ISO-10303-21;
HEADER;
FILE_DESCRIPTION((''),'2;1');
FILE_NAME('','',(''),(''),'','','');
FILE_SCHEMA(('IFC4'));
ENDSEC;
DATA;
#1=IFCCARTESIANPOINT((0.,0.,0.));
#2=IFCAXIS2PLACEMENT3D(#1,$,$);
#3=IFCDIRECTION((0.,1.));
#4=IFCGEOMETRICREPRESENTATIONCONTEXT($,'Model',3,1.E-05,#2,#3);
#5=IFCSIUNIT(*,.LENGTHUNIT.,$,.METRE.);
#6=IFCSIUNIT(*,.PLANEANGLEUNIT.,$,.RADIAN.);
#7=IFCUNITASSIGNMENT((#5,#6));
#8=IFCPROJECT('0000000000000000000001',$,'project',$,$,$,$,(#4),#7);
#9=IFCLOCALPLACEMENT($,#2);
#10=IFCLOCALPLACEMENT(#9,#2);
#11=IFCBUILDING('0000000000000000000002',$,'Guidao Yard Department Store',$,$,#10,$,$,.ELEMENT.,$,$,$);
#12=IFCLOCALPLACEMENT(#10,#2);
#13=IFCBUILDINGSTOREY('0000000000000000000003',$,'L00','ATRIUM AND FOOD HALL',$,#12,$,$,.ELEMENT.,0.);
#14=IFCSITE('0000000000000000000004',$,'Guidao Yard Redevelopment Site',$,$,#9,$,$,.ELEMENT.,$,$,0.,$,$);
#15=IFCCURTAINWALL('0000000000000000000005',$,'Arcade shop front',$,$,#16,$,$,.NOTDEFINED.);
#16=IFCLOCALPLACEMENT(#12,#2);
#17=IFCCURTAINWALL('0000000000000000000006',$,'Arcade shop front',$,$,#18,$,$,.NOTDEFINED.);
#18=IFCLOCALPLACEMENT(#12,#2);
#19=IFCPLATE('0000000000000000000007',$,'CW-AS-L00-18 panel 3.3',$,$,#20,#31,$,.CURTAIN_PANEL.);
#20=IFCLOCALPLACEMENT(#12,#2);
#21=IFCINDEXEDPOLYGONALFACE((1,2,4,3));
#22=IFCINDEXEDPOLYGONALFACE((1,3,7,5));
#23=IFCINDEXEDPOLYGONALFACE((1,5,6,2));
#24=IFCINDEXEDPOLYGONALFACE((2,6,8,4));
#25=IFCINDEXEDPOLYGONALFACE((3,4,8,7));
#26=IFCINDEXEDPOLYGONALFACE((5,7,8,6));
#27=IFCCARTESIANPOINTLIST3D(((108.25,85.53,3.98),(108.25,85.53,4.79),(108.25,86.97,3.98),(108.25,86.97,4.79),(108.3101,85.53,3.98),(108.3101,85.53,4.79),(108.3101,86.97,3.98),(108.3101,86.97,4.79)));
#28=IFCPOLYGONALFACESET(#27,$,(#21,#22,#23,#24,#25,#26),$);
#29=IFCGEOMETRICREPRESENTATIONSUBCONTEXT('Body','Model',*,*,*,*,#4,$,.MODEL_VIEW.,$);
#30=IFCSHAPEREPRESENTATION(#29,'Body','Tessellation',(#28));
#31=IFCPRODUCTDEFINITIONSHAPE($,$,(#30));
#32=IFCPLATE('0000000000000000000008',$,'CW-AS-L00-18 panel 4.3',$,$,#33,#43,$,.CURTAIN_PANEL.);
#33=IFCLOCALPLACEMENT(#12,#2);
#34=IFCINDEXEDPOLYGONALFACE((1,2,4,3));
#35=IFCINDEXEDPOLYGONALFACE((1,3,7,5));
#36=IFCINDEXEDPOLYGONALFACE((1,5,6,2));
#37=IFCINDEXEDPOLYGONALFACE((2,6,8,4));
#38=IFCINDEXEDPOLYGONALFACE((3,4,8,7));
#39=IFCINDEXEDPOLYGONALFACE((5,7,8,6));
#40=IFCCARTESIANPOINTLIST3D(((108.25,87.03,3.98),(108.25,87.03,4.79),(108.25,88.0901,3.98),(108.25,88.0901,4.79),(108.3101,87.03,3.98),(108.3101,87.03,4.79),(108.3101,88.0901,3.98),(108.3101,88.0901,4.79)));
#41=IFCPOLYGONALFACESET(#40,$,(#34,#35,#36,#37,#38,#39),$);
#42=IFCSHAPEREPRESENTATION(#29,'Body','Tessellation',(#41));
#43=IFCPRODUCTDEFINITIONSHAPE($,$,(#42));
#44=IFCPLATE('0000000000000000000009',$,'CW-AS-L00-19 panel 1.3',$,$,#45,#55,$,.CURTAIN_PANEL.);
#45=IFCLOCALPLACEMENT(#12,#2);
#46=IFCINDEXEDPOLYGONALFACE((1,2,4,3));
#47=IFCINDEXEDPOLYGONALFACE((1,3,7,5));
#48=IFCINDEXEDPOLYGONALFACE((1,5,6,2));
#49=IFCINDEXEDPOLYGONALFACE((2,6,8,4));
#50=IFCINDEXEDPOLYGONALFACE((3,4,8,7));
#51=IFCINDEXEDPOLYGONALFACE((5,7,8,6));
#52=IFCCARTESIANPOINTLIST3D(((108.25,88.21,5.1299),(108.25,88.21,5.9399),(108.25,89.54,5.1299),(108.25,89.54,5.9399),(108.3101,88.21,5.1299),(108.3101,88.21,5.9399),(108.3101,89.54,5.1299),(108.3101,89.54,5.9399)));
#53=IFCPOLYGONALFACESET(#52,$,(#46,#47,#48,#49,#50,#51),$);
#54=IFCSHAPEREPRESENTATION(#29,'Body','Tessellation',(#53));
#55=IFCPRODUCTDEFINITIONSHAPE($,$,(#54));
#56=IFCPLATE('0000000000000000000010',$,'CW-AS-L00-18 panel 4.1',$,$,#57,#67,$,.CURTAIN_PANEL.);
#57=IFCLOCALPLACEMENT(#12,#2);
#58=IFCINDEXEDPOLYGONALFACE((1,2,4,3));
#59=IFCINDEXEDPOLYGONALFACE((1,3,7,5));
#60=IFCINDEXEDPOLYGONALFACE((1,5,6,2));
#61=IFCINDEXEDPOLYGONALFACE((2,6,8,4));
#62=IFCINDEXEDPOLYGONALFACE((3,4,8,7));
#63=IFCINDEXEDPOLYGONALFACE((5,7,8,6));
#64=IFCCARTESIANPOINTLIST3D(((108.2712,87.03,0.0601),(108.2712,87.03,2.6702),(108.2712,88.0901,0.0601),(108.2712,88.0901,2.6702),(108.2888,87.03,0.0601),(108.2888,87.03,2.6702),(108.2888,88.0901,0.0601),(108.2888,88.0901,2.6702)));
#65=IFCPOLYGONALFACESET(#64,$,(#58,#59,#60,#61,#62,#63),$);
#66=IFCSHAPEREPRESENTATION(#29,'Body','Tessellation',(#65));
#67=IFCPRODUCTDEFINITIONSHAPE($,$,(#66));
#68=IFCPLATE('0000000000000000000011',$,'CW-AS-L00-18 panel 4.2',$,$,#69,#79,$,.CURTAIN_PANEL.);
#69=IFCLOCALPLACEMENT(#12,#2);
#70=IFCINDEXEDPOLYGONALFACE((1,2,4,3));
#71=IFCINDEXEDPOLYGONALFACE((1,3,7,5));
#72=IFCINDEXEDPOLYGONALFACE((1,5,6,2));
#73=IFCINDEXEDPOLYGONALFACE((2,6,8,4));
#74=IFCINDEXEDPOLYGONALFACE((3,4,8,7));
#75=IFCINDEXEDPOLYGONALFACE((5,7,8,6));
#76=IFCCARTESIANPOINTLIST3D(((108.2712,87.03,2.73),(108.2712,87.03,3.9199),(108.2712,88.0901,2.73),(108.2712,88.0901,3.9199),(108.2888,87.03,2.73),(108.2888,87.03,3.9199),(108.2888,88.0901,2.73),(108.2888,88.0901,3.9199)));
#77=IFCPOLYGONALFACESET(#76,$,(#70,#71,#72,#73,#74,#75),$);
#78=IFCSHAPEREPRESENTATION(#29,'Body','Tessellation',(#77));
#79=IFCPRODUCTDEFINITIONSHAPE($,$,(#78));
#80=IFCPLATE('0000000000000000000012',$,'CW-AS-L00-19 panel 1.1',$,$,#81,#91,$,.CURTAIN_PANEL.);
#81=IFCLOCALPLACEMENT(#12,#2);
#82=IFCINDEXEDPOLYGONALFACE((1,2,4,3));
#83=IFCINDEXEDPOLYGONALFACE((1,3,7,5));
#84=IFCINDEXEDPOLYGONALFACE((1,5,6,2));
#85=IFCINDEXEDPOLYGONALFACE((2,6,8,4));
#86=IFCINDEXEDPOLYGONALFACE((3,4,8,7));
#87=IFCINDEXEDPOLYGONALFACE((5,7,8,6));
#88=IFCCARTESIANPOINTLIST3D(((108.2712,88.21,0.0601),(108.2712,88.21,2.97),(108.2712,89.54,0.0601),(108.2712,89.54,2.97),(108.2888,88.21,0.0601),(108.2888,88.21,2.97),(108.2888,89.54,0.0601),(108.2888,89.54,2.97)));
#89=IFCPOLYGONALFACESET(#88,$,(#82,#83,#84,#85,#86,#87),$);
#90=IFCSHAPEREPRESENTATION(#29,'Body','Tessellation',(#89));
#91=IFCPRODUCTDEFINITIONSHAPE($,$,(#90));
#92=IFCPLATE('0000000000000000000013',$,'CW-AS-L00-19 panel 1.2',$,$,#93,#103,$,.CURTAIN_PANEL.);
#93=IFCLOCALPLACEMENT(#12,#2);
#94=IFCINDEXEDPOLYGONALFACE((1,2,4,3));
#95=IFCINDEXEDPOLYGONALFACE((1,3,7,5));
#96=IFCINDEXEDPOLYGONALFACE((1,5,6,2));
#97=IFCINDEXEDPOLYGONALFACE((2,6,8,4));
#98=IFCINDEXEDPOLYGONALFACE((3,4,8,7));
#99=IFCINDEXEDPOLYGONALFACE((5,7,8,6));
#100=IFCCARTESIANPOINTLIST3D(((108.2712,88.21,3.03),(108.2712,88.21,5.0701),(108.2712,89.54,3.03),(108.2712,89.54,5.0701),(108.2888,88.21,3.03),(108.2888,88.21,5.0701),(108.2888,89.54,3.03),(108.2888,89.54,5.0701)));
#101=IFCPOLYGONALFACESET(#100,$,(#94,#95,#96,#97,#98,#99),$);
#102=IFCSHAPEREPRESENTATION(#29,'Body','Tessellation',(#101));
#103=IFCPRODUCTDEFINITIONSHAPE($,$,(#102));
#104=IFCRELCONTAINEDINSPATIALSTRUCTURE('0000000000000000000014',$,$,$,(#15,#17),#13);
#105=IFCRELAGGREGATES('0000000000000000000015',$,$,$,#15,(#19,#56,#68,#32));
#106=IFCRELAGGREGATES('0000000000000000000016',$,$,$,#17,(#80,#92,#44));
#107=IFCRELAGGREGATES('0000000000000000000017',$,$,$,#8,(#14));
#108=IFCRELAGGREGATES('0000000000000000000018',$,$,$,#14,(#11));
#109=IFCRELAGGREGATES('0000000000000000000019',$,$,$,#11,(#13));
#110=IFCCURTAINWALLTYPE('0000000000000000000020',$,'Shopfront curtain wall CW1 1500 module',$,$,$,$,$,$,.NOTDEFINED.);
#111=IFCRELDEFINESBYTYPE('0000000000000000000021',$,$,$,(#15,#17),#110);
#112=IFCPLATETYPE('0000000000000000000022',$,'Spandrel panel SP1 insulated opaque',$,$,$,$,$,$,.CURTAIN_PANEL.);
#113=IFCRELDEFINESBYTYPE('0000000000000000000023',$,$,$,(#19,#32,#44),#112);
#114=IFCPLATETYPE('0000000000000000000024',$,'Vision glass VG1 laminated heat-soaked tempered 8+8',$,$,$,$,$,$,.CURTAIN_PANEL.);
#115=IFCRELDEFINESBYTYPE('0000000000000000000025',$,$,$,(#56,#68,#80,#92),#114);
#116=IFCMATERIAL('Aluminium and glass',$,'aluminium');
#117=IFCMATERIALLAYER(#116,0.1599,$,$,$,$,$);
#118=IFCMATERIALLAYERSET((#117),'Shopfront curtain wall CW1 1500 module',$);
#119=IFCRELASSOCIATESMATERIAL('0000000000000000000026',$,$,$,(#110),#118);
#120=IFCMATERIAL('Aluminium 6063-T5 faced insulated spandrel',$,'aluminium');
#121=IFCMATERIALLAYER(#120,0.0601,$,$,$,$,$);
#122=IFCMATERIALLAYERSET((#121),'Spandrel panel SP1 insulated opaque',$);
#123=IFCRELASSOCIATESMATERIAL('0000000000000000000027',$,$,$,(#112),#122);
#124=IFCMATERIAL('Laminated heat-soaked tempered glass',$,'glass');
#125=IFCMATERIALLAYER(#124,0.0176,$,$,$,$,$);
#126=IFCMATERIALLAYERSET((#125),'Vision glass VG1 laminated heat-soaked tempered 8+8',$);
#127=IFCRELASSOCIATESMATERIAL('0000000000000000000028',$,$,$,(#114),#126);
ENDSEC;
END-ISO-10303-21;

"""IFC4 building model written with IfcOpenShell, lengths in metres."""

from ifc_helpers import new_model, si_unit, direction, frame, origin, origin_2d, place, context, subcontext, project, spatial, rectangle, extrude, material, layer, layer_set, type_object, element, aggregate, save


model = new_model("IFC4")

# Units and contexts
model_context = context("Model", 3, precision=1e-05, world=origin(), true_north=direction((0.0, 1.0)))
body_context = subcontext(model_context, "Body", "Model", "MODEL_VIEW")
ifc_project = project(units=[si_unit("LENGTHUNIT", "METRE"), si_unit("PLANEANGLEUNIT", "RADIAN")], contexts=[model_context])

# Site, building, storey
site_placement = place(None, origin())
site = spatial("IfcSite", under=ifc_project, at=site_placement, Name="Guidao Yard Redevelopment Site", CompositionType="ELEMENT", RefElevation=0.0)
building_placement = place(site_placement, origin())
building = spatial("IfcBuilding", under=site, at=building_placement, Name="Guidao Yard Department Store", CompositionType="ELEMENT")
storey_placement = place(building_placement, origin())
storey = spatial("IfcBuildingStorey", under=building, at=storey_placement, Name="L00", Description="ATRIUM AND FOOD HALL", CompositionType="ELEMENT", Elevation=0.0)

# Curtain wall
ifc_material_1 = material(Name="Aluminium and glass", Category="aluminium")
ifc_layer_1 = layer(ifc_material_1, 0.1599)
ifc_layer_set_1 = layer_set([ifc_layer_1], Name="Shopfront curtain wall CW1 1500 module")
curtain_wall_type = type_object("IfcCurtainWallType", Name="Shopfront curtain wall CW1 1500 module", PredefinedType="NOTDEFINED", material=ifc_layer_set_1)
curtain_wall_1_placement = place(storey_placement, origin())
curtain_wall_1 = element("IfcCurtainWall", 1, at=curtain_wall_1_placement, inside=storey, type_object=curtain_wall_type, Name="Arcade shop front", PredefinedType="NOTDEFINED")

# Curtain wall
curtain_wall_2_placement = place(storey_placement, origin())
curtain_wall_2 = element("IfcCurtainWall", 2, at=curtain_wall_2_placement, inside=storey, type_object=curtain_wall_type, Name="Arcade shop front", PredefinedType="NOTDEFINED")

# Plates
ifc_material_2 = material(Name="Aluminium 6063-T5 faced insulated spandrel", Category="aluminium")
ifc_layer_2 = layer(ifc_material_2, 0.0601)
ifc_layer_set_2 = layer_set([ifc_layer_2], Name="Spandrel panel SP1 insulated opaque")
plate_type_1 = type_object("IfcPlateType", Name="Spandrel panel SP1 insulated opaque", PredefinedType="CURTAIN_PANEL", material=ifc_layer_set_2)
plate_1_placement = place(storey_placement, frame((108.28, 86.25, 3.98), z_axis=(0.0, 0.0, 1.0), x_axis=(0.0, -1.0, 0.0)))
plate_1 = element("IfcPlate", 3, at=plate_1_placement, type_object=plate_type_1, Name="CW-AS-L00-18 panel 3.3", PredefinedType="CURTAIN_PANEL", context=body_context, shape_type="SweptSolid", body=[
    extrude(rectangle(XDim=1.4399, YDim=0.0601, at=origin_2d()), origin(), (0.0, 0.0, 1.0), 0.8101),
])
plate_2_placement = place(storey_placement, frame((108.28, 87.5601, 3.98), z_axis=(0.0, 0.0, 1.0), x_axis=(0.0, -1.0, 0.0)))
plate_2 = element("IfcPlate", 4, at=plate_2_placement, type_object=plate_type_1, Name="CW-AS-L00-18 panel 4.3", PredefinedType="CURTAIN_PANEL", context=body_context, shape_type="SweptSolid", body=[
    extrude(rectangle(XDim=1.0601, YDim=0.0601, at=origin_2d()), origin(), (0.0, 0.0, 1.0), 0.8101),
])
plate_3_placement = place(storey_placement, frame((108.28, 88.875, 5.1299), z_axis=(0.0, 0.0, 1.0), x_axis=(0.0, -1.0, 0.0)))
plate_3 = element("IfcPlate", 5, at=plate_3_placement, type_object=plate_type_1, Name="CW-AS-L00-19 panel 1.3", PredefinedType="CURTAIN_PANEL", context=body_context, shape_type="SweptSolid", body=[
    extrude(rectangle(XDim=1.3301, YDim=0.0601, at=origin_2d()), origin(), (0.0, 0.0, 1.0), 0.8101),
])
ifc_material_3 = material(Name="Laminated heat-soaked tempered glass", Category="glass")
ifc_layer_3 = layer(ifc_material_3, 0.0176)
ifc_layer_set_3 = layer_set([ifc_layer_3], Name="Vision glass VG1 laminated heat-soaked tempered 8+8")
plate_type_2 = type_object("IfcPlateType", Name="Vision glass VG1 laminated heat-soaked tempered 8+8", PredefinedType="CURTAIN_PANEL", material=ifc_layer_set_3)
plate_4_placement = place(storey_placement, frame((108.28, 87.5601, 0.0601), z_axis=(0.0, 0.0, 1.0), x_axis=(0.0, -1.0, 0.0)))
plate_4 = element("IfcPlate", 6, at=plate_4_placement, type_object=plate_type_2, Name="CW-AS-L00-18 panel 4.1", PredefinedType="CURTAIN_PANEL", context=body_context, shape_type="SweptSolid", body=[
    extrude(rectangle(XDim=1.0601, YDim=0.0176, at=origin_2d()), origin(), (0.0, 0.0, 1.0), 2.6101),
])
plate_5_placement = place(storey_placement, frame((108.28, 87.5601, 2.73), z_axis=(0.0, 0.0, 1.0), x_axis=(0.0, -1.0, 0.0)))
plate_5 = element("IfcPlate", 7, at=plate_5_placement, type_object=plate_type_2, Name="CW-AS-L00-18 panel 4.2", PredefinedType="CURTAIN_PANEL", context=body_context, shape_type="SweptSolid", body=[
    extrude(rectangle(XDim=1.0601, YDim=0.0176, at=origin_2d()), origin(), (0.0, 0.0, 1.0), 1.1899),
])
aggregate(curtain_wall_1, [plate_1, plate_4, plate_5, plate_2])
plate_6_placement = place(storey_placement, frame((108.28, 88.875, 0.0601), z_axis=(0.0, 0.0, 1.0), x_axis=(0.0, -1.0, 0.0)))
plate_6 = element("IfcPlate", 8, at=plate_6_placement, type_object=plate_type_2, Name="CW-AS-L00-19 panel 1.1", PredefinedType="CURTAIN_PANEL", context=body_context, shape_type="SweptSolid", body=[
    extrude(rectangle(XDim=1.3301, YDim=0.0176, at=origin_2d()), origin(), (0.0, 0.0, 1.0), 2.9099),
])
plate_7_placement = place(storey_placement, frame((108.28, 88.875, 3.03), z_axis=(0.0, 0.0, 1.0), x_axis=(0.0, -1.0, 0.0)))
plate_7 = element("IfcPlate", 9, at=plate_7_placement, type_object=plate_type_2, Name="CW-AS-L00-19 panel 1.2", PredefinedType="CURTAIN_PANEL", context=body_context, shape_type="SweptSolid", body=[
    extrude(rectangle(XDim=1.3301, YDim=0.0176, at=origin_2d()), origin(), (0.0, 0.0, 1.0), 2.04),
])
aggregate(curtain_wall_2, [plate_6, plate_7, plate_3])

save(model, "model.ifc")
